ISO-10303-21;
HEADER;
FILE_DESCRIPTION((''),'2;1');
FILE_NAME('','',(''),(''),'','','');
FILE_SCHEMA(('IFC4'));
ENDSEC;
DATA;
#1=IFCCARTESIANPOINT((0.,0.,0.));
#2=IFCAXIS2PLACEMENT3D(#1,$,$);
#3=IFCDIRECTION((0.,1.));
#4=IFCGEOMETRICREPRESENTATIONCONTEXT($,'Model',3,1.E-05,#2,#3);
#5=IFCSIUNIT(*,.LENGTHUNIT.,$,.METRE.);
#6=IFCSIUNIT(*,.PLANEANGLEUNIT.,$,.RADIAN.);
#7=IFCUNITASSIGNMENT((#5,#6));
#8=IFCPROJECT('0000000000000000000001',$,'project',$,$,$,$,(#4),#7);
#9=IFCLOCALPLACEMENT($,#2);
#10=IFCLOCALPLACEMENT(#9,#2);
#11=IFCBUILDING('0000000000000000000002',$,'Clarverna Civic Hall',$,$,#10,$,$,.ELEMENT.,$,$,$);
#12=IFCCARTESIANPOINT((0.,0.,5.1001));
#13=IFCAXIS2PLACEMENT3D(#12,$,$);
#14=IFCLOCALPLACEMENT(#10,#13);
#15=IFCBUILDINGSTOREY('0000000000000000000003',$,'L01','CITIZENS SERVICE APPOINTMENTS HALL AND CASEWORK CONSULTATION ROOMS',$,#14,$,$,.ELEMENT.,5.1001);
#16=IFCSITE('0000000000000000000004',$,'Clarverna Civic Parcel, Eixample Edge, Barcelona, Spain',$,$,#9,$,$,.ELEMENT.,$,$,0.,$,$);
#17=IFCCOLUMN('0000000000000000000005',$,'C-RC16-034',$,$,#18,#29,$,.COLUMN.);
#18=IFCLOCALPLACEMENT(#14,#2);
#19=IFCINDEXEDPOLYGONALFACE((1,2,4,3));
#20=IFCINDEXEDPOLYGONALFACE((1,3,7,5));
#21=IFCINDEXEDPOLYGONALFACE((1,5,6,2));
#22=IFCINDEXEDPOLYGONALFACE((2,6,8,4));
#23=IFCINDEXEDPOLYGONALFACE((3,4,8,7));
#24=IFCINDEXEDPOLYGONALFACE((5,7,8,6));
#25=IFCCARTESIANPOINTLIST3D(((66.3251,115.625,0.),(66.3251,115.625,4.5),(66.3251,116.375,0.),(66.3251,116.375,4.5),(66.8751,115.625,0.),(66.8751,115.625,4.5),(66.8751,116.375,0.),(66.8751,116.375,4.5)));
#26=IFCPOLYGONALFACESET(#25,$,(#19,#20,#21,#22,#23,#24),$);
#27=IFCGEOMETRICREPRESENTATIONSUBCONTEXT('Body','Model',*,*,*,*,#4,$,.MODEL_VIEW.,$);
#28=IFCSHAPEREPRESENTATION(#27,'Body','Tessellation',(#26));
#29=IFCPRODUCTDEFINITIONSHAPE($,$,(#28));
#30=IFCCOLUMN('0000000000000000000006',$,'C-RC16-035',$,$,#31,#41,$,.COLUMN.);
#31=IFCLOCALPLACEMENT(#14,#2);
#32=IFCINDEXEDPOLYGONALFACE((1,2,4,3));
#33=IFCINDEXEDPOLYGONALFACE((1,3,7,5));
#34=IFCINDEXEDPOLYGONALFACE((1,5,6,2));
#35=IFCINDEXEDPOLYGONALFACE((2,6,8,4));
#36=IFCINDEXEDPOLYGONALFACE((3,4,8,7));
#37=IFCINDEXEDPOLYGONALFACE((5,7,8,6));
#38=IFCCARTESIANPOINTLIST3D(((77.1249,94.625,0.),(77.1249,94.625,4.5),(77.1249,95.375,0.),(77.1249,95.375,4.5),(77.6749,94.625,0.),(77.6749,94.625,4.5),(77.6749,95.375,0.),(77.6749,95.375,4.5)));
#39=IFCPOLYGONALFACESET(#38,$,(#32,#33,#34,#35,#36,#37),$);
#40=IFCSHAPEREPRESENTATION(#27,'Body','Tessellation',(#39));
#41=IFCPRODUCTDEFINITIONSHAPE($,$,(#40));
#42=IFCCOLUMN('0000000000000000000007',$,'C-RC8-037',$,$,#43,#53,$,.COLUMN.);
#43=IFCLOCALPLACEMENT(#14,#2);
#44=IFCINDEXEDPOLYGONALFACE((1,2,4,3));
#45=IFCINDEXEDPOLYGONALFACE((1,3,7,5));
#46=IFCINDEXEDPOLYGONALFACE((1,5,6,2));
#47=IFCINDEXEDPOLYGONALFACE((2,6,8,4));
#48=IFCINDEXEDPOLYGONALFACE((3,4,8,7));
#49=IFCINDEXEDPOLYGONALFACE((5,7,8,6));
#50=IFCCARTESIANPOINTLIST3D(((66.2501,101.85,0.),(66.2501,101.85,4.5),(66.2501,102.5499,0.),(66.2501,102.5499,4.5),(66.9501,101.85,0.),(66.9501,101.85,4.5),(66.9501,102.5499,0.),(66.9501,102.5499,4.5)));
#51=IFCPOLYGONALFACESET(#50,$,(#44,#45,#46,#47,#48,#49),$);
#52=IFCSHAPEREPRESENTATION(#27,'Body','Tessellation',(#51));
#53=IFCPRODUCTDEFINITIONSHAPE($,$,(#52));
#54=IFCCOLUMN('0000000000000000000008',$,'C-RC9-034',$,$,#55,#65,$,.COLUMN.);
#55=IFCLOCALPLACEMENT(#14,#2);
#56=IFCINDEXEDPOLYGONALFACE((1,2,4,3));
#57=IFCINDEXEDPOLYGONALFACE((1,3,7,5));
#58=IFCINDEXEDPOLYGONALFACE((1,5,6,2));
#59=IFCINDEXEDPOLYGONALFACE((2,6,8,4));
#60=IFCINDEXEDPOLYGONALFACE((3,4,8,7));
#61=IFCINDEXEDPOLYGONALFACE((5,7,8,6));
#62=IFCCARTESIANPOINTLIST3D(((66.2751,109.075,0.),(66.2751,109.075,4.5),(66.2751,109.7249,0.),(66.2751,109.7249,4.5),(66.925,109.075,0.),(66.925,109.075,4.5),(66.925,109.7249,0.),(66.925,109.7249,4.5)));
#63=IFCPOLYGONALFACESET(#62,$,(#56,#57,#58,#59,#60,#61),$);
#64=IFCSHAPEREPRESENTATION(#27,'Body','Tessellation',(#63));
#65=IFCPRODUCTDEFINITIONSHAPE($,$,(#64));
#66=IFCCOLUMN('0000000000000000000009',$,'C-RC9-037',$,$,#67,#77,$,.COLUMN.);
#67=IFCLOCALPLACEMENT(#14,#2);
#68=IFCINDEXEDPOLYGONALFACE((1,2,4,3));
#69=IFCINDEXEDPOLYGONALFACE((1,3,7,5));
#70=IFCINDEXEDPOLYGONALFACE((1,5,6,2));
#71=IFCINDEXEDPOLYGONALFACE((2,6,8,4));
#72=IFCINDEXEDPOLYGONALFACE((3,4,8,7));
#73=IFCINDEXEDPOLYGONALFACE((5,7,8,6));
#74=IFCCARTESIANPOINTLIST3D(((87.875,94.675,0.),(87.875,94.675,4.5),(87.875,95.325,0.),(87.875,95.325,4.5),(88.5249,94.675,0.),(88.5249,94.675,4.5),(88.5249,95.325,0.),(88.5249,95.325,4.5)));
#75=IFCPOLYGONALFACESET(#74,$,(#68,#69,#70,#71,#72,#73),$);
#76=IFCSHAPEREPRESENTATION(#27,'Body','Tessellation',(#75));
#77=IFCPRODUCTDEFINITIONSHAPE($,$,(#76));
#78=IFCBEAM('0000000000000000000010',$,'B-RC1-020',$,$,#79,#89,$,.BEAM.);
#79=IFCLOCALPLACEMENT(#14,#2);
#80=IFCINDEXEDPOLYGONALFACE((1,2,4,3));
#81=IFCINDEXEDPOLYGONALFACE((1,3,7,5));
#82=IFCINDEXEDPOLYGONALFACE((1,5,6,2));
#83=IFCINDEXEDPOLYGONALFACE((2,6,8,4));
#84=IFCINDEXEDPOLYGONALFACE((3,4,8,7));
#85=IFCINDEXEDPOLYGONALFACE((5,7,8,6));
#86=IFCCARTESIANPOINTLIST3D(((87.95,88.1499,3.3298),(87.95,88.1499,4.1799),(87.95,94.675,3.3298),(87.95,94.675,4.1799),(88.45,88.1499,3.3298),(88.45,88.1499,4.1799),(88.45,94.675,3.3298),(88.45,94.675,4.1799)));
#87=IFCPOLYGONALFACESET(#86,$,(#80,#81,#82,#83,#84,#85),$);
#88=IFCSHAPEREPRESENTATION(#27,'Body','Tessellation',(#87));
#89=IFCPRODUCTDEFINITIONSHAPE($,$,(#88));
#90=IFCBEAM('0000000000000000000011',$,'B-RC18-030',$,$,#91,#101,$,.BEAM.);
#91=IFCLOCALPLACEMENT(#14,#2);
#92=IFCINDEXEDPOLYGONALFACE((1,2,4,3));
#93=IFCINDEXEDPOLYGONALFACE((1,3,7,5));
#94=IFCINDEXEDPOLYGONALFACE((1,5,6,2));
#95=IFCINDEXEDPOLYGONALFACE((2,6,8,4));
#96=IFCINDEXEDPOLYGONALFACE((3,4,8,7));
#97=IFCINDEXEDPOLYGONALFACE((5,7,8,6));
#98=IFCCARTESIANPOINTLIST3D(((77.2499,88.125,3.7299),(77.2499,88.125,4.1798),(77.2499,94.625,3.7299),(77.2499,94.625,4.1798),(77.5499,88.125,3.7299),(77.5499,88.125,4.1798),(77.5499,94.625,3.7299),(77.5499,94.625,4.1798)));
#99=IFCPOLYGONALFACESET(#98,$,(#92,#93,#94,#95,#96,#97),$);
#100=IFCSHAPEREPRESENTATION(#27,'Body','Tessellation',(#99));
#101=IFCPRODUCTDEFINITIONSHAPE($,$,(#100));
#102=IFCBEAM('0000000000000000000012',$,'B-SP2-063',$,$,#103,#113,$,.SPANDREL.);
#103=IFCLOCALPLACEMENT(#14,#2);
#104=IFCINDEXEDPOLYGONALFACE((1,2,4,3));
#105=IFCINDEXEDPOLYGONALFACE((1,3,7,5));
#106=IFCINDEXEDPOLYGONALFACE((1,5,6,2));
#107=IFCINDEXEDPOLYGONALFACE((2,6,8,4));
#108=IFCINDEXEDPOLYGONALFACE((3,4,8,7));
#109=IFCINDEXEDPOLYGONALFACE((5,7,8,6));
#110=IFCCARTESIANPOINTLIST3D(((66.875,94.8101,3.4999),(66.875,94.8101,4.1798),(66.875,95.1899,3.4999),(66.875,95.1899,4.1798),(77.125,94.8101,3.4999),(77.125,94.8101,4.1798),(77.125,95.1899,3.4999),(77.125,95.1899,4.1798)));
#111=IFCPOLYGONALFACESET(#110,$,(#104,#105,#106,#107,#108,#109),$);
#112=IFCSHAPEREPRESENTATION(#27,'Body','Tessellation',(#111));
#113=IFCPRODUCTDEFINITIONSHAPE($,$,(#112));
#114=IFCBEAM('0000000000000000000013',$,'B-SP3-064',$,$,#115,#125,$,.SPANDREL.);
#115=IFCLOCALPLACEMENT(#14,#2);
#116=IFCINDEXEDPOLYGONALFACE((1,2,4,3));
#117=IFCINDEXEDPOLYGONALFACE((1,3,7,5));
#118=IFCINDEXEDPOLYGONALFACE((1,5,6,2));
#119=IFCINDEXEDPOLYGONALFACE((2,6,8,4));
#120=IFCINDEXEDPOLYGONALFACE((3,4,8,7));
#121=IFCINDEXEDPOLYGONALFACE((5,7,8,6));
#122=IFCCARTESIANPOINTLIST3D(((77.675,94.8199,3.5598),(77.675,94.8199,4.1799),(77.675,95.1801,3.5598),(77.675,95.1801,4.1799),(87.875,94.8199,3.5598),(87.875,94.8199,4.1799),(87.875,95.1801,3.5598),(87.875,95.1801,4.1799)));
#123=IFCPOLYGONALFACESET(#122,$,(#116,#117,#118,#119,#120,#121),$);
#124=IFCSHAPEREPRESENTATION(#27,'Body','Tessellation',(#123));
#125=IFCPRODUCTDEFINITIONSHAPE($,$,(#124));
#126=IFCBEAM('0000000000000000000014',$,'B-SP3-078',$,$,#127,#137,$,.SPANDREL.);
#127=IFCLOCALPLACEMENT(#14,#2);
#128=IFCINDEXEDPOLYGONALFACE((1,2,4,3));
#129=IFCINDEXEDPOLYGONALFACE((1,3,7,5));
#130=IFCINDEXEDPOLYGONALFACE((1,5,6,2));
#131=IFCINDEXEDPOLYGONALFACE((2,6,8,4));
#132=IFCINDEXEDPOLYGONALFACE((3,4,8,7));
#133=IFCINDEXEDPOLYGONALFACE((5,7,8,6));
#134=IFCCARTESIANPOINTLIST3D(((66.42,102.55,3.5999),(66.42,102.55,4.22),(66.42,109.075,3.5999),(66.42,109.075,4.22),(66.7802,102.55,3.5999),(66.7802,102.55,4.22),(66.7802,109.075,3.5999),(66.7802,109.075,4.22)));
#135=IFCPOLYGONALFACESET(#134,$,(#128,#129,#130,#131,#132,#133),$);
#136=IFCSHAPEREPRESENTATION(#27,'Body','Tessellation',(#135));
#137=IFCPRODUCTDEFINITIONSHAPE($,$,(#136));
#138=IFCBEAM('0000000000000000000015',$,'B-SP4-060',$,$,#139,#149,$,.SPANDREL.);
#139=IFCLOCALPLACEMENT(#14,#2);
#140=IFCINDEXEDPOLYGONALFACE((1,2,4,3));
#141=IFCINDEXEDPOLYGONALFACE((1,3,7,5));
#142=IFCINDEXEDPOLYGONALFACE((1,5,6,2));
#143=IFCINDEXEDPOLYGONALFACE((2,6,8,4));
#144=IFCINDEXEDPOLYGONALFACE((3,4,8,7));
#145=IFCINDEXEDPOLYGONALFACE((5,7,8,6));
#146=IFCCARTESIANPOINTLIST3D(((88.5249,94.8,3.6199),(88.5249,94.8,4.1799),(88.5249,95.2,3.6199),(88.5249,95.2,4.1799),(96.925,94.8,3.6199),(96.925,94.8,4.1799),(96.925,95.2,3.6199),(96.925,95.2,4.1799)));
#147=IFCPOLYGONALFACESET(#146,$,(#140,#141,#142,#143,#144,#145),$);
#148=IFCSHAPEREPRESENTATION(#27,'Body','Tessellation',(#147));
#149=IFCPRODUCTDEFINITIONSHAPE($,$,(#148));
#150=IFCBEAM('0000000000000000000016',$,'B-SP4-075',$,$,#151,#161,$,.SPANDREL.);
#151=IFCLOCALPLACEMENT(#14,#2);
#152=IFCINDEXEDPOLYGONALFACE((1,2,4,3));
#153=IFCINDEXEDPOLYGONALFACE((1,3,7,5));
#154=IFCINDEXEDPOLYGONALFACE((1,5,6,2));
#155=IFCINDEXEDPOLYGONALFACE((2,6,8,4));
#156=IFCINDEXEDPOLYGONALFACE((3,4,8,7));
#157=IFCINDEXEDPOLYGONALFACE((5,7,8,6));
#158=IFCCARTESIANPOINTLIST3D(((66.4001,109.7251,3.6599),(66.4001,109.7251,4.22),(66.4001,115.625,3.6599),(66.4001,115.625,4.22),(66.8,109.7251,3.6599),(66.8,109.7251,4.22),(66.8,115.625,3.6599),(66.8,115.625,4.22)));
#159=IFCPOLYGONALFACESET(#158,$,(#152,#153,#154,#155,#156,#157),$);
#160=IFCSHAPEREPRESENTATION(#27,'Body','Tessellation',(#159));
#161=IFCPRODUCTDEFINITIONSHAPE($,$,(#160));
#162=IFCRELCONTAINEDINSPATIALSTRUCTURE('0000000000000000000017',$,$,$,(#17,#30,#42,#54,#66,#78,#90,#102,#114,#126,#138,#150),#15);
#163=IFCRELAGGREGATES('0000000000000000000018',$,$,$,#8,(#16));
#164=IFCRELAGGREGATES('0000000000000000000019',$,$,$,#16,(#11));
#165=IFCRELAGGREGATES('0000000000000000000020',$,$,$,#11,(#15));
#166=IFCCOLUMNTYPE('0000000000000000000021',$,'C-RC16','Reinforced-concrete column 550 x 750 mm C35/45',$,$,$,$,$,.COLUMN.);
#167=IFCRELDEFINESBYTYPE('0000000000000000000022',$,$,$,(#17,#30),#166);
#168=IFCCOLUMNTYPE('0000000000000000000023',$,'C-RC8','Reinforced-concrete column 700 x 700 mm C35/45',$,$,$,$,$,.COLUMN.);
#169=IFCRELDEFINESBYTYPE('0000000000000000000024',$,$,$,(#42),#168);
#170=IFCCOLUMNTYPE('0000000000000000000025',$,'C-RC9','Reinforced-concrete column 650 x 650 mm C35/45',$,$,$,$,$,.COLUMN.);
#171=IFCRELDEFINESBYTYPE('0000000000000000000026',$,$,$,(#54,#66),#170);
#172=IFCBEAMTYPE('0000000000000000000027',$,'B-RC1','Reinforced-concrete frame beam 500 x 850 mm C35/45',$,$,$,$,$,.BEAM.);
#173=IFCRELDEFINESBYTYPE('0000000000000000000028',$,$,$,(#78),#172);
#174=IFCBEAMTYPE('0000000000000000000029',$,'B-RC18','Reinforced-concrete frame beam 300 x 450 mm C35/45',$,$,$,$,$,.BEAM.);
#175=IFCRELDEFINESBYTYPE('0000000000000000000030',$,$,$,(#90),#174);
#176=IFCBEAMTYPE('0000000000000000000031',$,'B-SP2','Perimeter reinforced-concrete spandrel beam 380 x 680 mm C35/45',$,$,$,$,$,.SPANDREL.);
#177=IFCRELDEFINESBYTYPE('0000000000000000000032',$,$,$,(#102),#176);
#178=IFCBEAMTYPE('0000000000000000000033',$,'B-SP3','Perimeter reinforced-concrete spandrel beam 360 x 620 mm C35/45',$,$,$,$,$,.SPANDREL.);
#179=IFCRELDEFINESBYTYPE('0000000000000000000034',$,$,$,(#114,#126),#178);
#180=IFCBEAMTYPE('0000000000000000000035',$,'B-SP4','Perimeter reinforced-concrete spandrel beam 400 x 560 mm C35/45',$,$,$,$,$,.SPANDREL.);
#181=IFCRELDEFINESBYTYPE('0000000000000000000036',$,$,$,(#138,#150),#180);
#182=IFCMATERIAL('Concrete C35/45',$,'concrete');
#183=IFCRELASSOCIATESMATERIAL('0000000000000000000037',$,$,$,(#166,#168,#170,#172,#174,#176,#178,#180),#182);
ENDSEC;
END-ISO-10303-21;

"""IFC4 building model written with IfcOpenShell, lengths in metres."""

from ifc_helpers import new_model, si_unit, direction, frame, origin, origin_2d, place, context, subcontext, project, spatial, rectangle, extrude, material, material_profile, profile_set, type_object, element, save


model = new_model("IFC4")

# Units and contexts
model_context = context("Model", 3, precision=1e-05, world=origin(), true_north=direction((0.0, 1.0)))
body_context = subcontext(model_context, "Body", "Model", "MODEL_VIEW")
ifc_project = project(units=[si_unit("LENGTHUNIT", "METRE"), si_unit("PLANEANGLEUNIT", "RADIAN")], contexts=[model_context])

# Site, building, storey
site_placement = place(None, origin())
site = spatial("IfcSite", under=ifc_project, at=site_placement, Name="Clarverna Civic Parcel, Eixample Edge, Barcelona, Spain", CompositionType="ELEMENT", RefElevation=0.0)
building_placement = place(site_placement, origin())
building = spatial("IfcBuilding", under=site, at=building_placement, Name="Clarverna Civic Hall", CompositionType="ELEMENT")
storey_placement = place(building_placement, frame((0.0, 0.0, 5.1001)))
storey = spatial("IfcBuildingStorey", under=building, at=storey_placement, Name="L01", Description="CITIZENS SERVICE APPOINTMENTS HALL AND CASEWORK CONSULTATION ROOMS", CompositionType="ELEMENT", Elevation=5.1001)

# Columns
ifc_material_1 = material(Name="Concrete C35/45", Category="concrete")
ifc_material_profile_1 = material_profile(ifc_material_1, rectangle(XDim=0.55, YDim=0.75, at=origin_2d()), Name="RC 550x750")
ifc_profile_set_1 = profile_set([ifc_material_profile_1], Name="Concrete C35/45")
column_type_1 = type_object("IfcColumnType", Name="C-RC16", Description="Reinforced-concrete column 550 x 750 mm C35/45", PredefinedType="COLUMN", material=ifc_profile_set_1)
for number, where, z_axis, x_axis, name in (
    (1, (66.6001, 116.0, 0.0), (0.0, 0.0, 1.0), (1.0, 0.0, 0.0), "C-RC16-034"),
    (2, (77.3999, 95.0, 0.0), (0.0, 0.0, 1.0), (1.0, 0.0, 0.0), "C-RC16-035"),
):
    element("IfcColumn", number, at=place(storey_placement, frame(where, z_axis=z_axis, x_axis=x_axis)), inside=storey, type_object=column_type_1, Name=name, PredefinedType="COLUMN", context=body_context, shape_type="SweptSolid", body=[
        extrude(rectangle(XDim=0.55, YDim=0.75, at=origin_2d()), origin(), (0.0, 0.0, 1.0), 4.5),
    ])
ifc_material_profile_2 = material_profile(ifc_material_1, rectangle(XDim=0.7, YDim=0.7, at=origin_2d()), Name="RC 700x700")
ifc_profile_set_2 = profile_set([ifc_material_profile_2], Name="Concrete C35/45")
column_type_2 = type_object("IfcColumnType", Name="C-RC8", Description="Reinforced-concrete column 700 x 700 mm C35/45", PredefinedType="COLUMN", material=ifc_profile_set_2)
column_placement = place(storey_placement, frame((66.6001, 102.2, 0.0), z_axis=(0.0, 0.0, 1.0), x_axis=(1.0, 0.0, 0.0)))
element("IfcColumn", 3, at=column_placement, inside=storey, type_object=column_type_2, Name="C-RC8-037", PredefinedType="COLUMN", context=body_context, shape_type="SweptSolid", body=[
    extrude(rectangle(XDim=0.7, YDim=0.7, at=origin_2d()), origin(), (0.0, 0.0, 1.0), 4.5),
])
ifc_material_profile_3 = material_profile(ifc_material_1, rectangle(XDim=0.6499, YDim=0.6499, at=origin_2d()), Name="RC 650x650")
ifc_profile_set_3 = profile_set([ifc_material_profile_3], Name="Concrete C35/45")
column_type_3 = type_object("IfcColumnType", Name="C-RC9", Description="Reinforced-concrete column 650 x 650 mm C35/45", PredefinedType="COLUMN", material=ifc_profile_set_3)
for number, where, z_axis, x_axis, name in (
    (4, (66.6001, 109.3999, 0.0), (0.0, 0.0, 1.0), (1.0, 0.0, 0.0), "C-RC9-034"),
    (5, (88.2, 95.0, 0.0), (0.0, 0.0, 1.0), (1.0, 0.0, 0.0), "C-RC9-037"),
):
    element("IfcColumn", number, at=place(storey_placement, frame(where, z_axis=z_axis, x_axis=x_axis)), inside=storey, type_object=column_type_3, Name=name, PredefinedType="COLUMN", context=body_context, shape_type="SweptSolid", body=[
        extrude(rectangle(XDim=0.6499, YDim=0.6499, at=origin_2d()), origin(), (0.0, 0.0, 1.0), 4.5),
    ])

# Beams
ifc_material_profile_4 = material_profile(ifc_material_1, rectangle(XDim=0.5, YDim=0.8501, at=origin_2d()), Name="RC 500x850")
ifc_profile_set_4 = profile_set([ifc_material_profile_4], Name="Concrete C35/45")
beam_type_1 = type_object("IfcBeamType", Name="B-RC1", Description="Reinforced-concrete frame beam 500 x 850 mm C35/45", PredefinedType="BEAM", material=ifc_profile_set_4)
beam_1_placement = place(storey_placement, frame((88.2, 88.1499, 3.7549), z_axis=(0.0, 1.0, 0.0), x_axis=(-1.0, 0.0, 0.0)))
element("IfcBeam", 6, at=beam_1_placement, inside=storey, type_object=beam_type_1, Name="B-RC1-020", PredefinedType="BEAM", context=body_context, shape_type="SweptSolid", body=[
    extrude(rectangle(XDim=0.5, YDim=0.8501, at=origin_2d()), origin(), (0.0, 0.0, 1.0), 6.5251),
])
ifc_material_profile_5 = material_profile(ifc_material_1, rectangle(XDim=0.3, YDim=0.45, at=origin_2d()), Name="RC 300x450")
ifc_profile_set_5 = profile_set([ifc_material_profile_5], Name="Concrete C35/45")
beam_type_2 = type_object("IfcBeamType", Name="B-RC18", Description="Reinforced-concrete frame beam 300 x 450 mm C35/45", PredefinedType="BEAM", material=ifc_profile_set_5)
beam_2_placement = place(storey_placement, frame((77.3999, 88.125, 3.9548), z_axis=(0.0, 1.0, 0.0), x_axis=(-1.0, 0.0, 0.0)))
element("IfcBeam", 7, at=beam_2_placement, inside=storey, type_object=beam_type_2, Name="B-RC18-030", PredefinedType="BEAM", context=body_context, shape_type="SweptSolid", body=[
    extrude(rectangle(XDim=0.3, YDim=0.45, at=origin_2d()), origin(), (0.0, 0.0, 1.0), 6.5),
])
ifc_material_profile_6 = material_profile(ifc_material_1, rectangle(XDim=0.3799, YDim=0.6799, at=origin_2d()), Name="RC 380x680")
ifc_profile_set_6 = profile_set([ifc_material_profile_6], Name="Concrete C35/45")
beam_type_3 = type_object("IfcBeamType", Name="B-SP2", Description="Perimeter reinforced-concrete spandrel beam 380 x 680 mm C35/45", PredefinedType="SPANDREL", material=ifc_profile_set_6)
beam_3_placement = place(storey_placement, frame((66.875, 95.0, 3.8398), z_axis=(1.0, 0.0, 0.0), x_axis=(0.0, 1.0, 0.0)))
element("IfcBeam", 8, at=beam_3_placement, inside=storey, type_object=beam_type_3, Name="B-SP2-063", PredefinedType="SPANDREL", context=body_context, shape_type="SweptSolid", body=[
    extrude(rectangle(XDim=0.3799, YDim=0.6799, at=origin_2d()), origin(), (0.0, 0.0, 1.0), 10.25),
])
ifc_material_profile_7 = material_profile(ifc_material_1, rectangle(XDim=0.3601, YDim=0.6201, at=origin_2d()), Name="RC 360x620")
ifc_profile_set_7 = profile_set([ifc_material_profile_7], Name="Concrete C35/45")
beam_type_4 = type_object("IfcBeamType", Name="B-SP3", Description="Perimeter reinforced-concrete spandrel beam 360 x 620 mm C35/45", PredefinedType="SPANDREL", material=ifc_profile_set_7)
beam_4_placement = place(storey_placement, frame((77.675, 95.0, 3.8699), z_axis=(1.0, 0.0, 0.0), x_axis=(0.0, 1.0, 0.0)))
element("IfcBeam", 9, at=beam_4_placement, inside=storey, type_object=beam_type_4, Name="B-SP3-064", PredefinedType="SPANDREL", context=body_context, shape_type="SweptSolid", body=[
    extrude(rectangle(XDim=0.3601, YDim=0.6201, at=origin_2d()), origin(), (0.0, 0.0, 1.0), 10.2),
])
beam_5_placement = place(storey_placement, frame((66.6001, 102.55, 3.9099), z_axis=(0.0, 1.0, 0.0), x_axis=(-1.0, 0.0, 0.0)))
element("IfcBeam", 10, at=beam_5_placement, inside=storey, type_object=beam_type_4, Name="B-SP3-078", PredefinedType="SPANDREL", context=body_context, shape_type="SweptSolid", body=[
    extrude(rectangle(XDim=0.3601, YDim=0.6201, at=origin_2d()), origin(), (0.0, 0.0, 1.0), 6.5249),
])
ifc_material_profile_8 = material_profile(ifc_material_1, rectangle(XDim=0.3999, YDim=0.5601, at=origin_2d()), Name="RC 400x560")
ifc_profile_set_8 = profile_set([ifc_material_profile_8], Name="Concrete C35/45")
beam_type_5 = type_object("IfcBeamType", Name="B-SP4", Description="Perimeter reinforced-concrete spandrel beam 400 x 560 mm C35/45", PredefinedType="SPANDREL", material=ifc_profile_set_8)
beam_6_placement = place(storey_placement, frame((88.5249, 95.0, 3.8999), z_axis=(1.0, 0.0, 0.0), x_axis=(0.0, 1.0, 0.0)))
element("IfcBeam", 11, at=beam_6_placement, inside=storey, type_object=beam_type_5, Name="B-SP4-060", PredefinedType="SPANDREL", context=body_context, shape_type="SweptSolid", body=[
    extrude(rectangle(XDim=0.3999, YDim=0.5601, at=origin_2d()), origin(), (0.0, 0.0, 1.0), 8.4001),
])
beam_7_placement = place(storey_placement, frame((66.6001, 109.7251, 3.9399), z_axis=(0.0, 1.0, 0.0), x_axis=(-1.0, 0.0, 0.0)))
element("IfcBeam", 12, at=beam_7_placement, inside=storey, type_object=beam_type_5, Name="B-SP4-075", PredefinedType="SPANDREL", context=body_context, shape_type="SweptSolid", body=[
    extrude(rectangle(XDim=0.3999, YDim=0.5601, at=origin_2d()), origin(), (0.0, 0.0, 1.0), 5.8999),
])

save(model, "model.ifc")
